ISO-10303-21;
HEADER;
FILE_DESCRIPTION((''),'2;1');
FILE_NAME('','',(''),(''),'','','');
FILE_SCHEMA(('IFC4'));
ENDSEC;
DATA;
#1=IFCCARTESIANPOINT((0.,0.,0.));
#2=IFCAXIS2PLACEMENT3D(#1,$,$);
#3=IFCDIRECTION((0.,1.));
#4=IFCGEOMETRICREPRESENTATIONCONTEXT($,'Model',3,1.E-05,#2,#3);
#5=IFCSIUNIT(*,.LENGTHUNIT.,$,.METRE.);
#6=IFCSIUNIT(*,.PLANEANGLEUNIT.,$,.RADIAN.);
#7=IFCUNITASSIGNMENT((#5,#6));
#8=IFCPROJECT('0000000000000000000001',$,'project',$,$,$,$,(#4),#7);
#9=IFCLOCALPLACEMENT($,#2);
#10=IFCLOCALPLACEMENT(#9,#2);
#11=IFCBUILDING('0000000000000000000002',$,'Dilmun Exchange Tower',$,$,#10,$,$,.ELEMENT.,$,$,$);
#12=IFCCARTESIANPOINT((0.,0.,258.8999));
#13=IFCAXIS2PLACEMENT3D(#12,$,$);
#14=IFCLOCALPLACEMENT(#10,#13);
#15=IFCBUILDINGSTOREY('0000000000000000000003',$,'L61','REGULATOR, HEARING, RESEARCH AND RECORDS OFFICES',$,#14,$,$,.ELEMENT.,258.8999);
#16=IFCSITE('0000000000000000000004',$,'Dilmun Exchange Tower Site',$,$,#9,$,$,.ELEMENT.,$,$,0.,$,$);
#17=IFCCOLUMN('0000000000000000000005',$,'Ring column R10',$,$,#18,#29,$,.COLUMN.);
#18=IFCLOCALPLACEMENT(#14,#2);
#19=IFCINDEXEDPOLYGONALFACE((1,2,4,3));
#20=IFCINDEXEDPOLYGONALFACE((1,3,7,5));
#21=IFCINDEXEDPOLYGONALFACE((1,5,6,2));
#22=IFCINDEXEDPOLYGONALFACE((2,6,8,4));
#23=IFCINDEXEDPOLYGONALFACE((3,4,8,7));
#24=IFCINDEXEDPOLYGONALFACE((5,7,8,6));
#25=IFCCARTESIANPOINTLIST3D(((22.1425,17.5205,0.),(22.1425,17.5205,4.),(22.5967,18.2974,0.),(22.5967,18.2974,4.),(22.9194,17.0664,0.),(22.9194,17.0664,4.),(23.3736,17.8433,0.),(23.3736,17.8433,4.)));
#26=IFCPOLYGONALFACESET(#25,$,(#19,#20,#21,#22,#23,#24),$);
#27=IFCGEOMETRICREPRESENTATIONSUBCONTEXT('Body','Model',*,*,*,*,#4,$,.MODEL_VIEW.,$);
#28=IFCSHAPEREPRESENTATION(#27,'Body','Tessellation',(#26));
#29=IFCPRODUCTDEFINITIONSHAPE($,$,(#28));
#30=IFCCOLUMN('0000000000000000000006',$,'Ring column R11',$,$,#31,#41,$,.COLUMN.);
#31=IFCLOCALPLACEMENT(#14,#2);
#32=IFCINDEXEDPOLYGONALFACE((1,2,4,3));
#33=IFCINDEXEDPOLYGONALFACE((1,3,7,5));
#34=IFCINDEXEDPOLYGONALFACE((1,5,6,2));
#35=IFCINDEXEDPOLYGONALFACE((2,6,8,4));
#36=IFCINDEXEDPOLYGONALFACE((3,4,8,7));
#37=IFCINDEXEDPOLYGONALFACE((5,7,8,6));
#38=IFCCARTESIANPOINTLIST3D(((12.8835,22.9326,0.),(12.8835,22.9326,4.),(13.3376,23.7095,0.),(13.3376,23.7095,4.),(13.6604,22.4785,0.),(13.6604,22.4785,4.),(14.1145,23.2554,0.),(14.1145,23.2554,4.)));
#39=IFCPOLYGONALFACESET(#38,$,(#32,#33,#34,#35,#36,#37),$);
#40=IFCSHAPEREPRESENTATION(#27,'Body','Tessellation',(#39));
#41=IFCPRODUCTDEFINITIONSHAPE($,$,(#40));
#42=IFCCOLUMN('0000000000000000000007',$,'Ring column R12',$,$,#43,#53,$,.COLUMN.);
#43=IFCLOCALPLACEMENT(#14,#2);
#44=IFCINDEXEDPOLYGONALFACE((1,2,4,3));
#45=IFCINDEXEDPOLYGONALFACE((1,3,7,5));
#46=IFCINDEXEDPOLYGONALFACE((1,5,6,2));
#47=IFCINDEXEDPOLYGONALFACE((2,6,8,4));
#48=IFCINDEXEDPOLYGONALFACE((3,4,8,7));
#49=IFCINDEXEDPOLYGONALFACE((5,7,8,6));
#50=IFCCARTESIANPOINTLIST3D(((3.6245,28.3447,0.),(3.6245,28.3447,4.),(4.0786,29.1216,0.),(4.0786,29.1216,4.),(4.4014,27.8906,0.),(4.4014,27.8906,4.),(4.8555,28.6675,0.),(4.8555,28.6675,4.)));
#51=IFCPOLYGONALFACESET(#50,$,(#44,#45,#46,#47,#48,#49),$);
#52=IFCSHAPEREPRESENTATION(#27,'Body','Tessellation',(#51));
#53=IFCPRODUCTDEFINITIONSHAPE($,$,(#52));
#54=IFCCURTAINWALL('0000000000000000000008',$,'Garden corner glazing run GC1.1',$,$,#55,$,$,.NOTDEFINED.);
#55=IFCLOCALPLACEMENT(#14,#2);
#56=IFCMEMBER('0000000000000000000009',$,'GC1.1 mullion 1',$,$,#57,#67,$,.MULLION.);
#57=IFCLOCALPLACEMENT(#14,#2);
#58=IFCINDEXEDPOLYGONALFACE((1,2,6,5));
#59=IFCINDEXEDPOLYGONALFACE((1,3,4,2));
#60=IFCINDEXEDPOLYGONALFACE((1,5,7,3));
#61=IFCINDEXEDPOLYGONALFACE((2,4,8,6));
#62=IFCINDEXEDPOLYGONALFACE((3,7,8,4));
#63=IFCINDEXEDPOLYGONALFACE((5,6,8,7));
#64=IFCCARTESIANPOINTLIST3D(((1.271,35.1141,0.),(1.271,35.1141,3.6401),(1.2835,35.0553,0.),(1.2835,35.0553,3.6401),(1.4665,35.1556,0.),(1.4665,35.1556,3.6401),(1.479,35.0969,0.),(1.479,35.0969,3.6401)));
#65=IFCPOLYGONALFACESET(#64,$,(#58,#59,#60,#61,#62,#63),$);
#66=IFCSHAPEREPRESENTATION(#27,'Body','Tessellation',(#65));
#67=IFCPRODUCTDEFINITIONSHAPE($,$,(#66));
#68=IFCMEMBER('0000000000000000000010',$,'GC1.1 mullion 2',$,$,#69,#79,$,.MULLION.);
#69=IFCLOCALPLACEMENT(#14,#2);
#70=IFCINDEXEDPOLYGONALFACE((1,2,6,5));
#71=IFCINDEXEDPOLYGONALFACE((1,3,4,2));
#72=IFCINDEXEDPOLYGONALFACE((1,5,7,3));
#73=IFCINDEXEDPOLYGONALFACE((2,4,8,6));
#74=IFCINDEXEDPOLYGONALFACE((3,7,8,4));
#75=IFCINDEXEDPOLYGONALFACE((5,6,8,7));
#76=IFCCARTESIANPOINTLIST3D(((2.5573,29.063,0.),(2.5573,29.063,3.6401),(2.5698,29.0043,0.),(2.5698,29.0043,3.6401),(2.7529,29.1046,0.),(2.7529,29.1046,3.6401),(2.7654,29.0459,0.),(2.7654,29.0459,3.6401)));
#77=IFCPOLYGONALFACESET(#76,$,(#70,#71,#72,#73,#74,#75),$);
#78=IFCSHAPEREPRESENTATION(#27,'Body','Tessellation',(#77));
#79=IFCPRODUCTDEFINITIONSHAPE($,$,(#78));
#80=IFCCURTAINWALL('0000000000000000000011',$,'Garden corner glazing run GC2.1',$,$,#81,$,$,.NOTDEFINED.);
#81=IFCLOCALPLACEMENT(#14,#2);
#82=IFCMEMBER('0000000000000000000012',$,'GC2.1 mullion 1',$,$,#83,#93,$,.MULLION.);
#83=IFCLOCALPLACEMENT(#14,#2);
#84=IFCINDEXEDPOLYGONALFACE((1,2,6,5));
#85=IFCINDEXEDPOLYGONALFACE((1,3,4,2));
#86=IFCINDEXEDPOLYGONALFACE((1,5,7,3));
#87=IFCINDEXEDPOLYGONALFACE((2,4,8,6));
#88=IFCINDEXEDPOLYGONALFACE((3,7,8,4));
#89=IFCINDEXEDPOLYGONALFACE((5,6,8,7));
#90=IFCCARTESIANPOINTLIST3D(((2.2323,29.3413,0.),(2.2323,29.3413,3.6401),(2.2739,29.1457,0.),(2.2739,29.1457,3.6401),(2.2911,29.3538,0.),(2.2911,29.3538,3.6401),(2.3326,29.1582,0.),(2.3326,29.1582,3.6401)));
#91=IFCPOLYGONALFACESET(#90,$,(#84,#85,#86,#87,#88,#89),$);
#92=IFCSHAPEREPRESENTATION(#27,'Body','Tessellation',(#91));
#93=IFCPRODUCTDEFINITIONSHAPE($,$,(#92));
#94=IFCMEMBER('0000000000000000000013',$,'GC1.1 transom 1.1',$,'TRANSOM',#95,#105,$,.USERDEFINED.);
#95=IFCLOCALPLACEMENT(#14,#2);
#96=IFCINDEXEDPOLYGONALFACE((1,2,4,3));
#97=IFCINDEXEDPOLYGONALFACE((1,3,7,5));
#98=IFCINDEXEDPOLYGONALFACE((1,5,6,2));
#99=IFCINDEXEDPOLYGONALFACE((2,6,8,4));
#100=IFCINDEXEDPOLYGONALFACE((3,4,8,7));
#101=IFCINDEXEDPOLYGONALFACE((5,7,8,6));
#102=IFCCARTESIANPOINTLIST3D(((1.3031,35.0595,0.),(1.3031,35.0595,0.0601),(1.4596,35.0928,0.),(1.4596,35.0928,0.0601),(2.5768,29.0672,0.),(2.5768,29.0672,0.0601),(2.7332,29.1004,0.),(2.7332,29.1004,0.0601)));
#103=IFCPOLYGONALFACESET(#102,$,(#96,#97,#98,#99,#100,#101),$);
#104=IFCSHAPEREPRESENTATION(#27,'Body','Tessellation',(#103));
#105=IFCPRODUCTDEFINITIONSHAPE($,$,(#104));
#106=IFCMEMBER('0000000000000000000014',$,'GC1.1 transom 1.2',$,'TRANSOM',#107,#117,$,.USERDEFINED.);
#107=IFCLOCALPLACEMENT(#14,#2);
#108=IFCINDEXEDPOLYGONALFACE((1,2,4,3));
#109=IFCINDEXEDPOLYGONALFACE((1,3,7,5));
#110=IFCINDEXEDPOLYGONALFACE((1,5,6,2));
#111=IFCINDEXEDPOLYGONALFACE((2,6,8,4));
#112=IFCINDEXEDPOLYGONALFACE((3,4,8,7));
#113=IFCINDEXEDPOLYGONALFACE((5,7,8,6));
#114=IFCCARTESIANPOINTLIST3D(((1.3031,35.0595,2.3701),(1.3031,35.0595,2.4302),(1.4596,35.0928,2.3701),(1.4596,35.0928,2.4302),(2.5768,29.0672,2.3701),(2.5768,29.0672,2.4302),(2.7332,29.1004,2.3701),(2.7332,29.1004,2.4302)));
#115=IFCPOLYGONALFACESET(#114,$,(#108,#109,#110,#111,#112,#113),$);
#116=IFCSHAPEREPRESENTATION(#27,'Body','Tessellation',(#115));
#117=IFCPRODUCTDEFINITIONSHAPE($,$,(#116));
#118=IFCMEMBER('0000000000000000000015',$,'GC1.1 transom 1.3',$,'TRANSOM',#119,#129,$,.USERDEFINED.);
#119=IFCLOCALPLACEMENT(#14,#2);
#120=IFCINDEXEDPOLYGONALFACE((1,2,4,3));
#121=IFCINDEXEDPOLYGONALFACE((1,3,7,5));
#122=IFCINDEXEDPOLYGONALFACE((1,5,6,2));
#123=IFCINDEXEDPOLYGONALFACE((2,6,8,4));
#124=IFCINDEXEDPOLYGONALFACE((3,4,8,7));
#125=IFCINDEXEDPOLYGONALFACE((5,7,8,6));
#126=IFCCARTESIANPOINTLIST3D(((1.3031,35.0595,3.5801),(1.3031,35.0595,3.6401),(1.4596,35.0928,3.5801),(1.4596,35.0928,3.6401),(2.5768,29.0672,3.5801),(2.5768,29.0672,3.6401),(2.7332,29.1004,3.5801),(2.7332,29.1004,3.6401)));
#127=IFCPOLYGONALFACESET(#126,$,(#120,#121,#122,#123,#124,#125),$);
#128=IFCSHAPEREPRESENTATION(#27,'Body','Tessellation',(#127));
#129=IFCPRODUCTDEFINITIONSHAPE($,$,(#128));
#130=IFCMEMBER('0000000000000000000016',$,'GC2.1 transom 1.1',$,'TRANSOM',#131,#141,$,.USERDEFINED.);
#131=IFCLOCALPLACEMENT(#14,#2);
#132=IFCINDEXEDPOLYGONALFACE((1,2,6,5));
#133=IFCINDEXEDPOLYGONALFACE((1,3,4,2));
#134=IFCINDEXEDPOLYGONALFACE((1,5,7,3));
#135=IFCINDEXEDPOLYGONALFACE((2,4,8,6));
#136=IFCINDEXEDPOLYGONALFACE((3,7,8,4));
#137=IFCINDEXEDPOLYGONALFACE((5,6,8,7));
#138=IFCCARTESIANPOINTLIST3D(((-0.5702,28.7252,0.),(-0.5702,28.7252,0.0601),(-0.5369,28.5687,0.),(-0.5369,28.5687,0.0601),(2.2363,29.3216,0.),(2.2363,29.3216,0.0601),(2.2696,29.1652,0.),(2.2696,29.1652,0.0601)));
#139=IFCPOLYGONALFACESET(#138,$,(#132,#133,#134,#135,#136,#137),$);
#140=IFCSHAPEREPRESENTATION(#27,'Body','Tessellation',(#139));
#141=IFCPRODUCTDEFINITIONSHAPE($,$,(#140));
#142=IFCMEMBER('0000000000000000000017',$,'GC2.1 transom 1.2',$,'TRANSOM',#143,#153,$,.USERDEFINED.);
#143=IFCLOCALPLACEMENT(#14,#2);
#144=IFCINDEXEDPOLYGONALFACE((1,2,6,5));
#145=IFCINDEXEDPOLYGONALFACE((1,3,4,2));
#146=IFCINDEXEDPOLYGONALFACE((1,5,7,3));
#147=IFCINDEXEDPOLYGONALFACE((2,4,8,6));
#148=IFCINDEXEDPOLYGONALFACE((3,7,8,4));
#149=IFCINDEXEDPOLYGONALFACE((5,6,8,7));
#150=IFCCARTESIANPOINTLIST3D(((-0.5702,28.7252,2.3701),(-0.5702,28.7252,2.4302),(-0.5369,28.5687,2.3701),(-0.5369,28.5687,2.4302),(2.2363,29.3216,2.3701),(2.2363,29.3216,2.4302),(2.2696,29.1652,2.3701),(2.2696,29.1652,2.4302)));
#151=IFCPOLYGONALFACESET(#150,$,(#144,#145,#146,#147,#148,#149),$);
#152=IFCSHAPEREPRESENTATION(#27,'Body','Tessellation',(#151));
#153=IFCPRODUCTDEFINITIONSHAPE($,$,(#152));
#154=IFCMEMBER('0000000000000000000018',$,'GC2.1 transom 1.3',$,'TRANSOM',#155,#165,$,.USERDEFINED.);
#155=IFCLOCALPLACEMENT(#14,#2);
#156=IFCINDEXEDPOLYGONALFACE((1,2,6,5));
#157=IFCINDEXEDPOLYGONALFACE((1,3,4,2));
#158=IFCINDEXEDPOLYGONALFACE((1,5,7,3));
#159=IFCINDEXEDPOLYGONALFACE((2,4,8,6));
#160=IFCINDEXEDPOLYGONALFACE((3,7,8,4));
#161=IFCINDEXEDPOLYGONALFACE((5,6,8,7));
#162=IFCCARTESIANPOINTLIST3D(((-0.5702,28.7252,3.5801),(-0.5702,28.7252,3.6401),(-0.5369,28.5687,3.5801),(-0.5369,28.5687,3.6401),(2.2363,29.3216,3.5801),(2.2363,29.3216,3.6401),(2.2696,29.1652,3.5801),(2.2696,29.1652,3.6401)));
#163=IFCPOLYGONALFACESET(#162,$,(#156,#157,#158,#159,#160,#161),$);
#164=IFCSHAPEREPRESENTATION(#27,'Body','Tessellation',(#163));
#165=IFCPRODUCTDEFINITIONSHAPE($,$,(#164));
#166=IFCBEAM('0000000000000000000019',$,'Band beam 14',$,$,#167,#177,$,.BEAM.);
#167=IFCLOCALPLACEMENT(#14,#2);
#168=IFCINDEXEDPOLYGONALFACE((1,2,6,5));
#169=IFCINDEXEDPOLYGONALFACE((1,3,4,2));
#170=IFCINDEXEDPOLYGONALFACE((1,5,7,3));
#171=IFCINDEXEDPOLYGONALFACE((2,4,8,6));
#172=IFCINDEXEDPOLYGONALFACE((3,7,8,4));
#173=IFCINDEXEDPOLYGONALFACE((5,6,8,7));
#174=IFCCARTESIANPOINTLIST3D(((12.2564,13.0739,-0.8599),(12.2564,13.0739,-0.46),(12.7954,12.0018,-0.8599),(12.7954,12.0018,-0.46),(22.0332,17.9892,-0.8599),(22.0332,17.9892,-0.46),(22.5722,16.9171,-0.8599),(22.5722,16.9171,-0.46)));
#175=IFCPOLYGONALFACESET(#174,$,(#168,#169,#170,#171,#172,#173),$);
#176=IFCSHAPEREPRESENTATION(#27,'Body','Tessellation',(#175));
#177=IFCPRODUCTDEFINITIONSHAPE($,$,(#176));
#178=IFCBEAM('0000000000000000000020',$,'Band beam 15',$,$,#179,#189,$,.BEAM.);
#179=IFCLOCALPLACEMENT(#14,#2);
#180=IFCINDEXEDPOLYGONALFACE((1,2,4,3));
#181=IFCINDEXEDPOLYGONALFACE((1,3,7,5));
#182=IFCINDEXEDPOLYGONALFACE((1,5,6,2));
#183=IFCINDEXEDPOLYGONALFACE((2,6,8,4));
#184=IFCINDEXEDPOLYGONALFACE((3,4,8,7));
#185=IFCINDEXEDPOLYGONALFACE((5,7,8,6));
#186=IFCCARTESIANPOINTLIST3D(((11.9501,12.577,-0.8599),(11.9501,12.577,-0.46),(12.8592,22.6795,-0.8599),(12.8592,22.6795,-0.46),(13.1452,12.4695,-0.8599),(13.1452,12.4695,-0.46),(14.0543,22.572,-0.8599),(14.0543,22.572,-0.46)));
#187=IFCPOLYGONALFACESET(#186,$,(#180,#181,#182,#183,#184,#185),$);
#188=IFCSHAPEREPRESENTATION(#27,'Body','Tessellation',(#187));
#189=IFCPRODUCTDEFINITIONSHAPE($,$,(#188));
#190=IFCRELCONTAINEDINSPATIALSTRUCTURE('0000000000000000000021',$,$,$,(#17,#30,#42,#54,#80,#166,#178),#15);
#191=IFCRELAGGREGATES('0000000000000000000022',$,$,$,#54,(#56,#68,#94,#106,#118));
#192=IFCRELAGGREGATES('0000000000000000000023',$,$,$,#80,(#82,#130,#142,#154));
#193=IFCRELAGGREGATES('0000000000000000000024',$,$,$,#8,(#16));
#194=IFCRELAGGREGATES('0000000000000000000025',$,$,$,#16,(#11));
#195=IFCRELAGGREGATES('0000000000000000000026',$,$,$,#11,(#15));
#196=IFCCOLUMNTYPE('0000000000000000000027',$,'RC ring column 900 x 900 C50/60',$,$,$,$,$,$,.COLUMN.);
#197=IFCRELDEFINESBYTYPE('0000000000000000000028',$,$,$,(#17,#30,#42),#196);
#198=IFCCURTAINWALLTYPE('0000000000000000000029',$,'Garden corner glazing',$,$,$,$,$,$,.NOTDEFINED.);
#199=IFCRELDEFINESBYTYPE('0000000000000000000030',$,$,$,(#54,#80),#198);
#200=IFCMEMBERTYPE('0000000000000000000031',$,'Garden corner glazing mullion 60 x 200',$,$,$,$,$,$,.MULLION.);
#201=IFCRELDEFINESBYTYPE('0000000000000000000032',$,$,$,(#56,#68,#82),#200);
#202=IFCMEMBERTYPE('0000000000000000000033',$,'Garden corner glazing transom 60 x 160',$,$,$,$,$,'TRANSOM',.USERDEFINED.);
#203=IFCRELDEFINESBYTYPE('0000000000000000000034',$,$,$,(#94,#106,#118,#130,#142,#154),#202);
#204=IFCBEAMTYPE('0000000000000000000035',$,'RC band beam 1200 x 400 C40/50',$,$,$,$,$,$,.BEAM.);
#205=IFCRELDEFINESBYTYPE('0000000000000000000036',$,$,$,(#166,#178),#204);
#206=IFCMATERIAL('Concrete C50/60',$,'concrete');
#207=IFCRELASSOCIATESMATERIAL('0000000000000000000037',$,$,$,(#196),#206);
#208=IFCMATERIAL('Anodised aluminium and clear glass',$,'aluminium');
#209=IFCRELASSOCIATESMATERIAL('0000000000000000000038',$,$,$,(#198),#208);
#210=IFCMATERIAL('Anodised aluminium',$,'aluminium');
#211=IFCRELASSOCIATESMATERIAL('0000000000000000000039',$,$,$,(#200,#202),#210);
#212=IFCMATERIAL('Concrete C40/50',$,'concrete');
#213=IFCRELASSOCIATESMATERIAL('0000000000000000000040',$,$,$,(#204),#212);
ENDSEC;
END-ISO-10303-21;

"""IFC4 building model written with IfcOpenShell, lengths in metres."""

from ifc_helpers import new_model, si_unit, direction, frame, origin, origin_2d, place, context, subcontext, project, spatial, rectangle, extrude, material, material_profile, profile_set, type_object, element, aggregate, save


model = new_model("IFC4")

# Units and contexts
model_context = context("Model", 3, precision=1e-05, world=origin(), true_north=direction((0.0, 1.0)))
body_context = subcontext(model_context, "Body", "Model", "MODEL_VIEW")
ifc_project = project(units=[si_unit("LENGTHUNIT", "METRE"), si_unit("PLANEANGLEUNIT", "RADIAN")], contexts=[model_context])

# Site, building, storey
site_placement = place(None, origin())
site = spatial("IfcSite", under=ifc_project, at=site_placement, Name="Dilmun Exchange Tower Site", CompositionType="ELEMENT", RefElevation=0.0)
building_placement = place(site_placement, origin())
building = spatial("IfcBuilding", under=site, at=building_placement, Name="Dilmun Exchange Tower", CompositionType="ELEMENT")
storey_placement = place(building_placement, frame((0.0, 0.0, 258.8999)))
storey = spatial("IfcBuildingStorey", under=building, at=storey_placement, Name="L61", Description="REGULATOR, HEARING, RESEARCH AND RECORDS OFFICES", CompositionType="ELEMENT", Elevation=258.8999)

# Columns
ifc_material_1 = material(Name="Concrete C50/60", Category="concrete")
ifc_material_profile_1 = material_profile(ifc_material_1, rectangle(XDim=0.8999, YDim=0.8999, at=origin_2d()), Name="900 x 900")
ifc_profile_set_1 = profile_set([ifc_material_profile_1], Name="Concrete C50/60")
column_type = type_object("IfcColumnType", Name="RC ring column 900 x 900 C50/60", PredefinedType="COLUMN", material=ifc_profile_set_1)
for number, where, z_axis, x_axis, name in (
    (1, (22.7581, 17.6819, 0.0), (0.0, 0.0, 1.0), (0.504644, 0.863328, 0.0), "Ring column R10"),
    (2, (13.499, 23.094, 0.0), (0.0, 0.0, 1.0), (0.504644, 0.863328, 0.0), "Ring column R11"),
    (3, (4.24, 28.5061, 0.0), (0.0, 0.0, 1.0), (0.504644, 0.863328, 0.0), "Ring column R12"),
):
    element("IfcColumn", number, at=place(storey_placement, frame(where, z_axis=z_axis, x_axis=x_axis)), inside=storey, type_object=column_type, Name=name, PredefinedType="COLUMN", context=body_context, shape_type="SweptSolid", body=[
        extrude(rectangle(XDim=0.8999, YDim=0.8999, at=origin_2d()), origin(), (0.0, 0.0, 1.0), 4.0),
    ])

# Curtain wall, members
ifc_material_2 = material(Name="Anodised aluminium and clear glass", Category="aluminium")
curtain_wall_type = type_object("IfcCurtainWallType", Name="Garden corner glazing", PredefinedType="NOTDEFINED", material=ifc_material_2)
curtain_wall_1_placement = place(storey_placement, origin())
curtain_wall_1 = element("IfcCurtainWall", 4, at=curtain_wall_1_placement, inside=storey, type_object=curtain_wall_type, Name="Garden corner glazing run GC1.1", PredefinedType="NOTDEFINED")
ifc_material_3 = material(Name="Anodised aluminium", Category="aluminium")
ifc_material_profile_2 = material_profile(ifc_material_3, rectangle(XDim=0.2, YDim=0.0601, at=origin_2d()), Name="AL 60x200")
ifc_profile_set_2 = profile_set([ifc_material_profile_2], Name="Anodised aluminium")
member_type_1 = type_object("IfcMemberType", Name="Garden corner glazing mullion 60 x 200", PredefinedType="MULLION", material=ifc_profile_set_2)
member_1_placement = place(storey_placement, frame((1.375, 35.1055, 0.0), z_axis=(0.0, 0.0, 1.0), x_axis=(0.978148, 0.207912, 0.0)))
member_1 = element("IfcMember", 5, at=member_1_placement, type_object=member_type_1, Name="GC1.1 mullion 1", PredefinedType="MULLION", context=body_context, shape_type="SweptSolid", body=[
    extrude(rectangle(XDim=0.2, YDim=0.0601, at=origin_2d()), origin(), (0.0, 0.0, 1.0), 3.6401),
])
member_2_placement = place(storey_placement, frame((2.6614, 29.0544, 0.0), z_axis=(0.0, 0.0, 1.0), x_axis=(0.978148, 0.207912, 0.0)))
member_2 = element("IfcMember", 6, at=member_2_placement, type_object=member_type_1, Name="GC1.1 mullion 2", PredefinedType="MULLION", context=body_context, shape_type="SweptSolid", body=[
    extrude(rectangle(XDim=0.2, YDim=0.0601, at=origin_2d()), origin(), (0.0, 0.0, 1.0), 3.6401),
])

# Curtain wall, member
curtain_wall_2_placement = place(storey_placement, origin())
curtain_wall_2 = element("IfcCurtainWall", 7, at=curtain_wall_2_placement, inside=storey, type_object=curtain_wall_type, Name="Garden corner glazing run GC2.1", PredefinedType="NOTDEFINED")
member_3_placement = place(storey_placement, frame((2.2825, 29.2498, 0.0), z_axis=(0.0, 0.0, 1.0), x_axis=(0.207888, -0.978153, 0.0)))
member_3 = element("IfcMember", 8, at=member_3_placement, type_object=member_type_1, Name="GC2.1 mullion 1", PredefinedType="MULLION", context=body_context, shape_type="SweptSolid", body=[
    extrude(rectangle(XDim=0.2, YDim=0.0601, at=origin_2d()), origin(), (0.0, 0.0, 1.0), 3.6401),
])

# Members
ifc_material_profile_3 = material_profile(ifc_material_3, rectangle(XDim=0.1599, YDim=0.0601, at=origin_2d()), Name="AL 60x160")
ifc_profile_set_3 = profile_set([ifc_material_profile_3], Name="Anodised aluminium")
member_type_2 = type_object("IfcMemberType", Name="Garden corner glazing transom 60 x 160", ElementType="TRANSOM", PredefinedType="USERDEFINED", material=ifc_profile_set_3)
member_4_placement = place(storey_placement, frame((1.3813, 35.0762, 0.03), z_axis=(0.207904, -0.978149, 0.0), x_axis=(0.978149, 0.207904, 0.0)))
member_4 = element("IfcMember", 9, at=member_4_placement, type_object=member_type_2, Name="GC1.1 transom 1.1", ObjectType="TRANSOM", PredefinedType="USERDEFINED", context=body_context, shape_type="SweptSolid", body=[
    extrude(rectangle(XDim=0.1599, YDim=0.0601, at=origin_2d()), origin(), (0.0, 0.0, 1.0), 6.1262),
])
member_5_placement = place(storey_placement, frame((1.3813, 35.0762, 2.4001), z_axis=(0.207904, -0.978149, 0.0), x_axis=(0.978149, 0.207904, 0.0)))
member_5 = element("IfcMember", 10, at=member_5_placement, type_object=member_type_2, Name="GC1.1 transom 1.2", ObjectType="TRANSOM", PredefinedType="USERDEFINED", context=body_context, shape_type="SweptSolid", body=[
    extrude(rectangle(XDim=0.1599, YDim=0.0601, at=origin_2d()), origin(), (0.0, 0.0, 1.0), 6.1262),
])
member_6_placement = place(storey_placement, frame((1.3813, 35.0762, 3.6101), z_axis=(0.207904, -0.978149, 0.0), x_axis=(0.978149, 0.207904, 0.0)))
member_6 = element("IfcMember", 11, at=member_6_placement, type_object=member_type_2, Name="GC1.1 transom 1.3", ObjectType="TRANSOM", PredefinedType="USERDEFINED", context=body_context, shape_type="SweptSolid", body=[
    extrude(rectangle(XDim=0.1599, YDim=0.0601, at=origin_2d()), origin(), (0.0, 0.0, 1.0), 6.1262),
])
member_7_placement = place(storey_placement, frame((2.2529, 29.2434, 0.03), z_axis=(-0.978153, -0.207884, 0.0), x_axis=(0.207884, -0.978153, 0.0)))
member_7 = element("IfcMember", 12, at=member_7_placement, type_object=member_type_2, Name="GC2.1 transom 1.1", ObjectType="TRANSOM", PredefinedType="USERDEFINED", context=body_context, shape_type="SweptSolid", body=[
    extrude(rectangle(XDim=0.1599, YDim=0.0601, at=origin_2d()), origin(), (0.0, 0.0, 1.0), 2.8691),
])
member_8_placement = place(storey_placement, frame((2.2529, 29.2434, 2.4001), z_axis=(-0.978153, -0.207884, 0.0), x_axis=(0.207884, -0.978153, 0.0)))
member_8 = element("IfcMember", 13, at=member_8_placement, type_object=member_type_2, Name="GC2.1 transom 1.2", ObjectType="TRANSOM", PredefinedType="USERDEFINED", context=body_context, shape_type="SweptSolid", body=[
    extrude(rectangle(XDim=0.1599, YDim=0.0601, at=origin_2d()), origin(), (0.0, 0.0, 1.0), 2.8691),
])
member_9_placement = place(storey_placement, frame((2.2529, 29.2434, 3.6101), z_axis=(-0.978153, -0.207884, 0.0), x_axis=(0.207884, -0.978153, 0.0)))
member_9 = element("IfcMember", 14, at=member_9_placement, type_object=member_type_2, Name="GC2.1 transom 1.3", ObjectType="TRANSOM", PredefinedType="USERDEFINED", context=body_context, shape_type="SweptSolid", body=[
    extrude(rectangle(XDim=0.1599, YDim=0.0601, at=origin_2d()), origin(), (0.0, 0.0, 1.0), 2.8691),
])

# Beams
ifc_material_4 = material(Name="Concrete C40/50", Category="concrete")
ifc_material_profile_4 = material_profile(ifc_material_4, rectangle(XDim=1.2, YDim=0.3999, at=origin_2d()), Name="1200 x 400")
ifc_profile_set_4 = profile_set([ifc_material_profile_4], Name="Concrete C40/50")
beam_type_1 = type_object("IfcBeamType", Name="RC band beam 1200 x 400 C40/50", PredefinedType="BEAM", material=ifc_profile_set_4)
beam_1_placement = place(storey_placement, frame((22.3027, 17.4531, -0.6599), z_axis=(-0.893443, -0.449176, 0.0), x_axis=(0.449176, -0.893443, 0.0)))
element("IfcBeam", 15, at=beam_1_placement, inside=storey, type_object=beam_type_1, Name="Band beam 14", PredefinedType="BEAM", context=body_context, shape_type="SweptSolid", body=[
    extrude(rectangle(XDim=1.2, YDim=0.3999, at=origin_2d()), origin(), (0.0, 0.0, 1.0), 10.9429),
])
beam_2_placement = place(storey_placement, frame((13.4568, 22.6257, -0.6599), z_axis=(-0.089633, -0.995975, 0.0), x_axis=(0.995975, -0.089633, 0.0)))
element("IfcBeam", 16, at=beam_2_placement, inside=storey, type_object=beam_type_1, Name="Band beam 15", PredefinedType="BEAM", context=body_context, shape_type="SweptSolid", body=[
    extrude(rectangle(XDim=1.2, YDim=0.3999, at=origin_2d()), origin(), (0.0, 0.0, 1.0), 10.1433),
])

aggregate(curtain_wall_1, [member_1, member_2, member_4, member_5, member_6])
aggregate(curtain_wall_2, [member_3, member_7, member_8, member_9])

save(model, "model.ifc")
